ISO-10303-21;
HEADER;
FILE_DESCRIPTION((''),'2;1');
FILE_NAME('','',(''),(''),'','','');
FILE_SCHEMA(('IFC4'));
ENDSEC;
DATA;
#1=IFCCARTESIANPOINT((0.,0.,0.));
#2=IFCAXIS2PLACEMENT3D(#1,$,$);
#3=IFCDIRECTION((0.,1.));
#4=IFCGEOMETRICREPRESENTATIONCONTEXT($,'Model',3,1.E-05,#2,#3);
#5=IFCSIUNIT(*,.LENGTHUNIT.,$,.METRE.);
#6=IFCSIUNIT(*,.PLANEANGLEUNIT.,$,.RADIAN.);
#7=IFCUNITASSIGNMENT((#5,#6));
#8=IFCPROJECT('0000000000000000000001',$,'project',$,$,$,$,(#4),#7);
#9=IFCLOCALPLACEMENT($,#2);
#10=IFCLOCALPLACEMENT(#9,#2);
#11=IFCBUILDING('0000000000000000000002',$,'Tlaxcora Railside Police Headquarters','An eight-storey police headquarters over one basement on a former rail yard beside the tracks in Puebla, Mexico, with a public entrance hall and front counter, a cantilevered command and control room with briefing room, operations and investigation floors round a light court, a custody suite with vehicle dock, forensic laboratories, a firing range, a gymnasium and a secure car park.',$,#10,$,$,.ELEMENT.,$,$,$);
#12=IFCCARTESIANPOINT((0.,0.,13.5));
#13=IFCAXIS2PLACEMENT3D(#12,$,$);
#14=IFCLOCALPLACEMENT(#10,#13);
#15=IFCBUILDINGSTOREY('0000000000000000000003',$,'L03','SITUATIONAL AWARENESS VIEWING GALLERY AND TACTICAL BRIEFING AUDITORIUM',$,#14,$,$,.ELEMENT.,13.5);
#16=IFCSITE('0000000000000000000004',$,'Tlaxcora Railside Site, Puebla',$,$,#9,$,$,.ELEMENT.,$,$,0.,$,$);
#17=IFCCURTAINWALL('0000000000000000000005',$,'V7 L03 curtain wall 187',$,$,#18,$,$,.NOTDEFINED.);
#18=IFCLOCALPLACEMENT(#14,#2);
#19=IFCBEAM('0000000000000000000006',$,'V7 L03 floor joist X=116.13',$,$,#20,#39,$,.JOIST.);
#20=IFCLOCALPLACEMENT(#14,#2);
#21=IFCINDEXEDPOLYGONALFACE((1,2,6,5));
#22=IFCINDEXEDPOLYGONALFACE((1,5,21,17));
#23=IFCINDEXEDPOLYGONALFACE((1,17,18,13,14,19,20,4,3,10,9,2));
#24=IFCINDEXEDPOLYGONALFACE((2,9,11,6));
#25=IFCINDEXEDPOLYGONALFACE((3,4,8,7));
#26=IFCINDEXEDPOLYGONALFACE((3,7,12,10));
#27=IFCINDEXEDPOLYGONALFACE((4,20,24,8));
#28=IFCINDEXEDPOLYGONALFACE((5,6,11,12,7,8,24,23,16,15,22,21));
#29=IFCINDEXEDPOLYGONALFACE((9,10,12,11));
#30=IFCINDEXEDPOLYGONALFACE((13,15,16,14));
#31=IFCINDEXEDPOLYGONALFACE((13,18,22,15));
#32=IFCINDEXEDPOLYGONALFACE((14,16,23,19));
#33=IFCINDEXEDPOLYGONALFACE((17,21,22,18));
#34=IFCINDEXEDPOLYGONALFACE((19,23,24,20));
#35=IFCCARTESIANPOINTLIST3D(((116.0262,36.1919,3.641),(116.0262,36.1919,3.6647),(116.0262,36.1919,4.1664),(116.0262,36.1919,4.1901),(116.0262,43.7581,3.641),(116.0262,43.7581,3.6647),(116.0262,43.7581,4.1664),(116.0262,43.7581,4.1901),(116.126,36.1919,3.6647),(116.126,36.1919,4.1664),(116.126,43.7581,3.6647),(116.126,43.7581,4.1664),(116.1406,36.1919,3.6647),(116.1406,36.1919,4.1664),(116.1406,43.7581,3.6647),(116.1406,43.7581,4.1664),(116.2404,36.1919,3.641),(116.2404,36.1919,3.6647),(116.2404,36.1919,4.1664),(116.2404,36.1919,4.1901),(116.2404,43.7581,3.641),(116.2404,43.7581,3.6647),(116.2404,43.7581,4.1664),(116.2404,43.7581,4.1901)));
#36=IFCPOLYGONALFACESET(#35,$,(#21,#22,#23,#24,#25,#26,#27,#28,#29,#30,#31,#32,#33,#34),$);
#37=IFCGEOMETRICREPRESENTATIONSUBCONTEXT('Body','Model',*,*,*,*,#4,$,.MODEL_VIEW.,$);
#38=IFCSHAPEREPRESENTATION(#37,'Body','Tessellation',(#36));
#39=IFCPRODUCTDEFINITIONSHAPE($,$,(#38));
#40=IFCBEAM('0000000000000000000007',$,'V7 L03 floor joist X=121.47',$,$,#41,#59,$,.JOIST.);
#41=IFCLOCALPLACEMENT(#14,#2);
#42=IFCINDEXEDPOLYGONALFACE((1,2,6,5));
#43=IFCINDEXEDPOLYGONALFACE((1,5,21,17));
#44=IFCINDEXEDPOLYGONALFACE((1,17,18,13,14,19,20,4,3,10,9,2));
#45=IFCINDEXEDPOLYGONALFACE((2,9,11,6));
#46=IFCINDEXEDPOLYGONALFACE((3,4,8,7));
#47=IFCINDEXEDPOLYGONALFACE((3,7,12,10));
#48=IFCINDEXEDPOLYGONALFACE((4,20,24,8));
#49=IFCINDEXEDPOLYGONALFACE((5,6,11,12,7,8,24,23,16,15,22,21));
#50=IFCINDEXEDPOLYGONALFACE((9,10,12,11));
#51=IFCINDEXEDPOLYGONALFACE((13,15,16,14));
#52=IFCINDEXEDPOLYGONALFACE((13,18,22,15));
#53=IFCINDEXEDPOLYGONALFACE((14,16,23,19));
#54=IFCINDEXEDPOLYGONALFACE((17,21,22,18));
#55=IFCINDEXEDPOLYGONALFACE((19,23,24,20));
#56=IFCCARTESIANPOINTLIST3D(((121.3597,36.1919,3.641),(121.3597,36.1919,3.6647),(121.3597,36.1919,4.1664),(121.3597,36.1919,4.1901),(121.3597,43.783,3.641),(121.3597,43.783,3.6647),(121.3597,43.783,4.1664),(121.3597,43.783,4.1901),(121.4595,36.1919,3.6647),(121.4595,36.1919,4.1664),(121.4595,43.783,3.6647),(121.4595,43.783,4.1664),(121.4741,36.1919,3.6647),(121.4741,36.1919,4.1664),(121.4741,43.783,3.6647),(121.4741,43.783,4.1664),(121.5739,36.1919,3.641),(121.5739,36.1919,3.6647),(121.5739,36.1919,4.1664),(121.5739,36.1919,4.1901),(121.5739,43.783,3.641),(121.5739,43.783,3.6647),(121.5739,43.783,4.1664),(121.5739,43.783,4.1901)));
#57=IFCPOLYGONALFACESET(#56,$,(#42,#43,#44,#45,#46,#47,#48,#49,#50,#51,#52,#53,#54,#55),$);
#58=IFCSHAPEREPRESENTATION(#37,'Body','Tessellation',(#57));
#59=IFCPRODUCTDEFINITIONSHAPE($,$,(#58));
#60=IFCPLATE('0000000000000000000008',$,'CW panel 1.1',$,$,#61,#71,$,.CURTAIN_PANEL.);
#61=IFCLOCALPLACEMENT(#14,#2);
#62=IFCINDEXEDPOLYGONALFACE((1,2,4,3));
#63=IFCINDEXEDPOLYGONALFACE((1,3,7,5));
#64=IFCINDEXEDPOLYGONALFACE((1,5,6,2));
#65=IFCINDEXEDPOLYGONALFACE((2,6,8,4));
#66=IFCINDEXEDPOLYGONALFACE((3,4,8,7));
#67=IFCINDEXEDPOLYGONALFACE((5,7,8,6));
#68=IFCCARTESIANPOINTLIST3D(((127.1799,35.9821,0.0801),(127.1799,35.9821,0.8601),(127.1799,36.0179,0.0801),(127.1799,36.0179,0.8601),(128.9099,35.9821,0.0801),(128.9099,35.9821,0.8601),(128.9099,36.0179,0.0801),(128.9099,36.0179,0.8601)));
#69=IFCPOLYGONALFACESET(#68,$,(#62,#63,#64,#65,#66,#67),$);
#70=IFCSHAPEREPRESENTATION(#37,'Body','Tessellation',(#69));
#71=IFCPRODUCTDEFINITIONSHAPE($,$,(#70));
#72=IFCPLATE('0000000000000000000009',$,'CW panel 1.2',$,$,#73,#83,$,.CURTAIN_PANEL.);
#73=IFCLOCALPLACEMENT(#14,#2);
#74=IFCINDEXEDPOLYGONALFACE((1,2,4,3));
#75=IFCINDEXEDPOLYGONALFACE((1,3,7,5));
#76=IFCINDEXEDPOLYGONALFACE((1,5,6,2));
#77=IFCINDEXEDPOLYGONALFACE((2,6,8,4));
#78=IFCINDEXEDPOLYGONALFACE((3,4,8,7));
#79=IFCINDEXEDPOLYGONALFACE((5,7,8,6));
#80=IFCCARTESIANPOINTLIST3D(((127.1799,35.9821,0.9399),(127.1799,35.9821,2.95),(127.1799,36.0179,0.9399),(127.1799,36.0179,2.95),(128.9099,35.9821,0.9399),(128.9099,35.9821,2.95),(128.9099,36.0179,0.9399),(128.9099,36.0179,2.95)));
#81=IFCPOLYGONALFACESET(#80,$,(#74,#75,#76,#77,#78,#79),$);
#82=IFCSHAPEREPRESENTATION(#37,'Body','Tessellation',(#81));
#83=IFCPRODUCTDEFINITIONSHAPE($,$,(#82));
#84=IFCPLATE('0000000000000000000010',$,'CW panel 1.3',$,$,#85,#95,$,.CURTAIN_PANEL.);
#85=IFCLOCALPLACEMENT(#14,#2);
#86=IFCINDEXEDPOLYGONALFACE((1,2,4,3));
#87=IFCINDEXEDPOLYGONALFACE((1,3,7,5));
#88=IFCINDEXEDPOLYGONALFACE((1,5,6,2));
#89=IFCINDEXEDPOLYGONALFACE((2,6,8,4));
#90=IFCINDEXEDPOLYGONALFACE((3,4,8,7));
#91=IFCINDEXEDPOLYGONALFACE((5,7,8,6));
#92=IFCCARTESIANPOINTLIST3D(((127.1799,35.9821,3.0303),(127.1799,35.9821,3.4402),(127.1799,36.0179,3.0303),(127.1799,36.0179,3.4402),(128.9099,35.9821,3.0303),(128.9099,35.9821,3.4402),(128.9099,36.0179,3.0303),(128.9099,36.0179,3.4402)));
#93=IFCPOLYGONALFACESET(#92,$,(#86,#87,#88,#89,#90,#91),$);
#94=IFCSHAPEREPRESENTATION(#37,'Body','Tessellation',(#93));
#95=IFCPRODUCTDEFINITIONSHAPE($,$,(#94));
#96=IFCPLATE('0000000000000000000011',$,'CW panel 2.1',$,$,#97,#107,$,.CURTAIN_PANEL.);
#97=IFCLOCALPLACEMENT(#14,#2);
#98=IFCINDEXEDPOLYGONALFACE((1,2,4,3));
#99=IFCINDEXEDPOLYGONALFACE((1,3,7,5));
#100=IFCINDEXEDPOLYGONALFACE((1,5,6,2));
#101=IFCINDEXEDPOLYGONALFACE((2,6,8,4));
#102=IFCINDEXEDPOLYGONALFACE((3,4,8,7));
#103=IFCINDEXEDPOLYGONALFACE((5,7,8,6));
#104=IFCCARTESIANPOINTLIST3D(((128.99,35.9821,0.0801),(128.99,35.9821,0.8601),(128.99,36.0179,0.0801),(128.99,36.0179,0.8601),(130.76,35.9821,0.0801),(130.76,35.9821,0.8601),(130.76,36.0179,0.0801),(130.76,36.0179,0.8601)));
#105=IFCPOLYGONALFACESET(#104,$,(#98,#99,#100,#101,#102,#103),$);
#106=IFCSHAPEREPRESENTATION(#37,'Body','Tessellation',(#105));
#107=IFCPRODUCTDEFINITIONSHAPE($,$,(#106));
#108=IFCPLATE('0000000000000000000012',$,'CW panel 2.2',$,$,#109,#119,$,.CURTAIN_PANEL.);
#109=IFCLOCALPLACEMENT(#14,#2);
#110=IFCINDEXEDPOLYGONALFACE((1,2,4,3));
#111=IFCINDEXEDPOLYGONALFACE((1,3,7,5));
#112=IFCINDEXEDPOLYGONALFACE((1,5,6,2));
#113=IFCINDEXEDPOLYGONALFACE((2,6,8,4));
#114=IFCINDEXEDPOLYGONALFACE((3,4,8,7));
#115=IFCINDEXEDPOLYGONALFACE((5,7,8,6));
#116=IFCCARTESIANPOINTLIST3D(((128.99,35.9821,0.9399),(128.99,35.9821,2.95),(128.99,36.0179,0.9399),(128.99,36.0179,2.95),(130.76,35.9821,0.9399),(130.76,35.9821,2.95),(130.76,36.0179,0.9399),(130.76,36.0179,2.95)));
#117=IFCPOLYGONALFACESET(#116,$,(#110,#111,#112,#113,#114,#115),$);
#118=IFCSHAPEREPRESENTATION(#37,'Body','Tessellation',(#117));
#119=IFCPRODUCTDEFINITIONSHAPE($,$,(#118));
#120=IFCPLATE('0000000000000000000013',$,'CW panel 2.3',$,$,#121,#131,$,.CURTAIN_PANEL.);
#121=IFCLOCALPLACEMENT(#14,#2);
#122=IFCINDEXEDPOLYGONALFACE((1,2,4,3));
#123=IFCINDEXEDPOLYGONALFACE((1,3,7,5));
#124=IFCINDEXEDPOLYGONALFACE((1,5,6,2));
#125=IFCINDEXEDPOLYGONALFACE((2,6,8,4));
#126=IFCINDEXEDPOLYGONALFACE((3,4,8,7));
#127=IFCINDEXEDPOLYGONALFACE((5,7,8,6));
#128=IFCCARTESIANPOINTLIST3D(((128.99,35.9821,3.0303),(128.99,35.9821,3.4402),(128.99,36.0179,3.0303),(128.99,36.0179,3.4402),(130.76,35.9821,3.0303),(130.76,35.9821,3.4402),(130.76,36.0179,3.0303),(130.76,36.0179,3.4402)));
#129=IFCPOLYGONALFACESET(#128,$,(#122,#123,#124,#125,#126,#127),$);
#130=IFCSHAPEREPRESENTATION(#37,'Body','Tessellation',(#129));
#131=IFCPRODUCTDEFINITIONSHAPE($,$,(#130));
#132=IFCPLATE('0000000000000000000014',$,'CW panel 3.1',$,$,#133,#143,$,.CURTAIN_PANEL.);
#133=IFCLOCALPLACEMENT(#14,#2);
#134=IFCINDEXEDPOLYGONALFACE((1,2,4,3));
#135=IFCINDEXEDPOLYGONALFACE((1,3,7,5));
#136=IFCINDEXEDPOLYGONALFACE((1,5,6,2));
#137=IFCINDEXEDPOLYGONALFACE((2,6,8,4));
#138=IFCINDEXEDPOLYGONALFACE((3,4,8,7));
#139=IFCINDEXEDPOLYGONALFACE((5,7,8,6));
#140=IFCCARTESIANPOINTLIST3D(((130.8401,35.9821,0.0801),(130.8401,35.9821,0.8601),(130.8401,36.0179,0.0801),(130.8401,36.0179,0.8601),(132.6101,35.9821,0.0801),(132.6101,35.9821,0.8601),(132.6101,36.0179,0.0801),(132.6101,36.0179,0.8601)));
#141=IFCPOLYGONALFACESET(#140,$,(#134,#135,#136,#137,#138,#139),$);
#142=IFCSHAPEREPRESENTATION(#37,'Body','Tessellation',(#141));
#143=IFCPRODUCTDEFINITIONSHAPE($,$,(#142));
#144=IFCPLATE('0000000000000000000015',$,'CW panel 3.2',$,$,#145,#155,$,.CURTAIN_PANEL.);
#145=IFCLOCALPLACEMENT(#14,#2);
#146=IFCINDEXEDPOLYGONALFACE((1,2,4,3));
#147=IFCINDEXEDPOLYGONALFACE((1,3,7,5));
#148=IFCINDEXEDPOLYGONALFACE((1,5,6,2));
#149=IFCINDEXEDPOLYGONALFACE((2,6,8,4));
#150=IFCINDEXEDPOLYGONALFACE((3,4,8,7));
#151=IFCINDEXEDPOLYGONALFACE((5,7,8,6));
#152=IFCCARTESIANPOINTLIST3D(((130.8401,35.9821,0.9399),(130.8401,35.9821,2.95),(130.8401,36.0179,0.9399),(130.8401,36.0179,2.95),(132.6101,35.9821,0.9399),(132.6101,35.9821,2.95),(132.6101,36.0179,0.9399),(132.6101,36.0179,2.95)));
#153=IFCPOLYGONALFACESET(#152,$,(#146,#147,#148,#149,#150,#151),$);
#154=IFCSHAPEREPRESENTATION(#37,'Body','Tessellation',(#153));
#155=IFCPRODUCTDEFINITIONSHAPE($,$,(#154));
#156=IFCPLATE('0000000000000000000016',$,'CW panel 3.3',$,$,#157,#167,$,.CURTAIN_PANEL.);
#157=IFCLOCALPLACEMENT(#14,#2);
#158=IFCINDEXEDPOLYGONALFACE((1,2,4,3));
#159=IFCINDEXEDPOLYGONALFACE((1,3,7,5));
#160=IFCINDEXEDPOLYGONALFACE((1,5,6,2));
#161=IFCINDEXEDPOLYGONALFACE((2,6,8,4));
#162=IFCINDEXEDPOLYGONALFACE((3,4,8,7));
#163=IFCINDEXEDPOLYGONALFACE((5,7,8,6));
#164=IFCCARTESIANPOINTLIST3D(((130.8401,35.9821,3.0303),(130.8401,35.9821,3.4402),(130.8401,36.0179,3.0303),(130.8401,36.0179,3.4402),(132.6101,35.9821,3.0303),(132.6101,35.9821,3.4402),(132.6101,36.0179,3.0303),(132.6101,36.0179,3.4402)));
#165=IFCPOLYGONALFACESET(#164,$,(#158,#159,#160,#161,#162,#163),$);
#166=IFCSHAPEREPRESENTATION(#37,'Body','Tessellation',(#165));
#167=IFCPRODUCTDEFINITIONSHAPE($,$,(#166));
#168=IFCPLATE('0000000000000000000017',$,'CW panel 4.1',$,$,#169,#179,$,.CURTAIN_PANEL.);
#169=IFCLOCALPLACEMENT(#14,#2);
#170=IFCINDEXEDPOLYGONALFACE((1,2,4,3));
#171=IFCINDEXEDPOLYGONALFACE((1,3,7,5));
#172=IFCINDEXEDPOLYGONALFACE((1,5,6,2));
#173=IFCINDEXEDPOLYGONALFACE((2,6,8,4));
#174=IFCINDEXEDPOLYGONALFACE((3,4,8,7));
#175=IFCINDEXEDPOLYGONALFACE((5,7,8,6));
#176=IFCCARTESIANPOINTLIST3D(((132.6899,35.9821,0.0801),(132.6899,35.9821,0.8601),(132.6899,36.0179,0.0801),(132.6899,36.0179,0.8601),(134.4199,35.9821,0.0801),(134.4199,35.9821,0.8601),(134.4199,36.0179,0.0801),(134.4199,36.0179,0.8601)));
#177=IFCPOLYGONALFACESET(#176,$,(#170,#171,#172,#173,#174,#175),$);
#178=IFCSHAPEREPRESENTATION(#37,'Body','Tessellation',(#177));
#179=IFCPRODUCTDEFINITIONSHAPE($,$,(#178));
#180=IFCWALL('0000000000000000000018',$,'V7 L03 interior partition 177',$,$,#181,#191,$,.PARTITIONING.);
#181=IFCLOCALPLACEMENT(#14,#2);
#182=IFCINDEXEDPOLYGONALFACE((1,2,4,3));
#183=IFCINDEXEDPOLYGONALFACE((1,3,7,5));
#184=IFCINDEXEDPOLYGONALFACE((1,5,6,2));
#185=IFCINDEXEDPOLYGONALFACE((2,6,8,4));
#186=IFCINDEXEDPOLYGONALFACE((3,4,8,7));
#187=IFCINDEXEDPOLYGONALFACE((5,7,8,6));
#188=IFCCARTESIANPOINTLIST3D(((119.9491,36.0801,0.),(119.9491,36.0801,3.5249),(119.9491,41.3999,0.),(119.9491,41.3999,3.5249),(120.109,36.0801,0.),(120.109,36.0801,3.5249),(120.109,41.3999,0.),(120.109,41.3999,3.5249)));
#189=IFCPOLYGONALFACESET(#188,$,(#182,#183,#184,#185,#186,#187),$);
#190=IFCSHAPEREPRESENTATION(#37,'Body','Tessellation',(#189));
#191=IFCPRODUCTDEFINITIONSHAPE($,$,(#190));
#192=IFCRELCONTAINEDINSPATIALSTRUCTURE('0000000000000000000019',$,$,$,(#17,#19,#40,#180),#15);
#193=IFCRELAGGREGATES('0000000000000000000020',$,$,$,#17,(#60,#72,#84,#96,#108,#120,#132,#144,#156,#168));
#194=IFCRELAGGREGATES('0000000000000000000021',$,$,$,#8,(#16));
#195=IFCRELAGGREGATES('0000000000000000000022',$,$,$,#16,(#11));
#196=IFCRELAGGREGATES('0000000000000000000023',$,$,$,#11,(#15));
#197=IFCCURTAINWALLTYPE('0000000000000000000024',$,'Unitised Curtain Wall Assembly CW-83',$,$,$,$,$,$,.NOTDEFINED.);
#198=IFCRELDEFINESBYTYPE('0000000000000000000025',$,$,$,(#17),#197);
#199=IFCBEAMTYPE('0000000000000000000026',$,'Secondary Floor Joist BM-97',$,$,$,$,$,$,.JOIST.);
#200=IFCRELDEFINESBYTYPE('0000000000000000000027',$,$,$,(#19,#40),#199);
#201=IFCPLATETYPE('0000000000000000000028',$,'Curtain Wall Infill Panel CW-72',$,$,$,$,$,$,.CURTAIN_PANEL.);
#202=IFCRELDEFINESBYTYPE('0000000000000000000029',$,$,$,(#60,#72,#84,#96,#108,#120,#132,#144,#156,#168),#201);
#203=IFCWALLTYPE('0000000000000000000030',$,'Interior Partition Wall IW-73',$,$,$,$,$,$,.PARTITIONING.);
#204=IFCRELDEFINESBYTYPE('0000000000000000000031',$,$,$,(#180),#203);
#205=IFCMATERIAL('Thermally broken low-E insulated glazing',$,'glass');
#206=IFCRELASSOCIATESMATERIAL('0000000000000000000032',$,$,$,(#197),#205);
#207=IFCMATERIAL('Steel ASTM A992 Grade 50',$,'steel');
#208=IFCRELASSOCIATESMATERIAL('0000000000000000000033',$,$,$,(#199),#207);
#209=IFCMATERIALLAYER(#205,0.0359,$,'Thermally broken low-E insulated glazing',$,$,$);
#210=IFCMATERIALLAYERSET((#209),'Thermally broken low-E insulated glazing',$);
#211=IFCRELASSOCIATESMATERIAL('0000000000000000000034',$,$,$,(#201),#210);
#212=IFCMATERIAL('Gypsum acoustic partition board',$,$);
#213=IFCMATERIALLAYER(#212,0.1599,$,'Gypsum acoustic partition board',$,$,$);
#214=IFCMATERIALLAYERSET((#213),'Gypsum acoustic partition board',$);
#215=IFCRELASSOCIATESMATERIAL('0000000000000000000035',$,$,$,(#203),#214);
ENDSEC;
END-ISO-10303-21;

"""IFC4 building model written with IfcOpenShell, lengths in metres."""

from ifc_helpers import new_model, si_unit, direction, frame, frame_2d, origin, origin_2d, place, context, subcontext, project, spatial, rectangle, i_section, extrude, material, layer, layer_set, material_profile, profile_set, type_object, element, aggregate, save


model = new_model("IFC4")

# Units and contexts
model_context = context("Model", 3, precision=1e-05, world=origin(), true_north=direction((0.0, 1.0)))
body_context = subcontext(model_context, "Body", "Model", "MODEL_VIEW")
ifc_project = project(units=[si_unit("LENGTHUNIT", "METRE"), si_unit("PLANEANGLEUNIT", "RADIAN")], contexts=[model_context])

# Site, building, storey
site_placement = place(None, origin())
site = spatial("IfcSite", under=ifc_project, at=site_placement, Name="Tlaxcora Railside Site, Puebla", CompositionType="ELEMENT", RefElevation=0.0)
building_placement = place(site_placement, origin())
building = spatial("IfcBuilding", under=site, at=building_placement, Name="Tlaxcora Railside Police Headquarters", Description="An eight-storey police headquarters over one basement on a former rail yard beside the tracks in Puebla, Mexico, with a public entrance hall and front counter, a cantilevered command and control room with briefing room, operations and investigation floors round a light court, a custody suite with vehicle dock, forensic laboratories, a firing range, a gymnasium and a secure car park.", CompositionType="ELEMENT")
storey_placement = place(building_placement, frame((0.0, 0.0, 13.5)))
storey = spatial("IfcBuildingStorey", under=building, at=storey_placement, Name="L03", Description="SITUATIONAL AWARENESS VIEWING GALLERY AND TACTICAL BRIEFING AUDITORIUM", CompositionType="ELEMENT", Elevation=13.5)

# Curtain wall
ifc_material_1 = material(Name="Thermally broken low-E insulated glazing", Category="glass")
curtain_wall_type = type_object("IfcCurtainWallType", Name="Unitised Curtain Wall Assembly CW-83", PredefinedType="NOTDEFINED", material=ifc_material_1)
curtain_wall_placement = place(storey_placement, origin())
curtain_wall = element("IfcCurtainWall", 1, at=curtain_wall_placement, inside=storey, type_object=curtain_wall_type, Name="V7 L03 curtain wall 187", PredefinedType="NOTDEFINED")

# Beams
ifc_material_2 = material(Name="Steel ASTM A992 Grade 50", Category="steel")
ifc_material_profile_1 = material_profile(ifc_material_2, i_section(OverallWidth=0.2141, OverallDepth=0.5491, WebThickness=0.0146, FlangeThickness=0.0237, at=origin_2d()), Name="W21X93")
ifc_profile_set_1 = profile_set([ifc_material_profile_1], Name="Steel ASTM A992 Grade 50")
beam_type_1 = type_object("IfcBeamType", Name="Secondary Floor Joist BM-97", PredefinedType="JOIST", material=ifc_profile_set_1)
beam_1_placement = place(storey_placement, frame((116.1333, 36.1919, 3.9155), z_axis=(0.0, 1.0, 0.0), x_axis=(-1.0, 0.0, 0.0)))
element("IfcBeam", 2, at=beam_1_placement, inside=storey, type_object=beam_type_1, Name="V7 L03 floor joist X=116.13", PredefinedType="JOIST", context=body_context, shape_type="SweptSolid", body=[
    extrude(i_section(OverallWidth=0.2141, OverallDepth=0.5491, WebThickness=0.0146, FlangeThickness=0.0237, at=origin_2d()), origin(), (0.0, 0.0, 1.0), 7.5662),
])
beam_2_placement = place(storey_placement, frame((121.4668, 36.1919, 3.9155), z_axis=(0.0, 1.0, 0.0), x_axis=(-1.0, 0.0, 0.0)))
element("IfcBeam", 3, at=beam_2_placement, inside=storey, type_object=beam_type_1, Name="V7 L03 floor joist X=121.47", PredefinedType="JOIST", context=body_context, shape_type="SweptSolid", body=[
    extrude(i_section(OverallWidth=0.2141, OverallDepth=0.5491, WebThickness=0.0146, FlangeThickness=0.0237, at=origin_2d()), origin(), (0.0, 0.0, 1.0), 7.5911),
])

# Plates
ifc_layer_1 = layer(ifc_material_1, 0.0359, Name="Thermally broken low-E insulated glazing")
ifc_layer_set_1 = layer_set([ifc_layer_1], Name="Thermally broken low-E insulated glazing")
plate_type = type_object("IfcPlateType", Name="Curtain Wall Infill Panel CW-72", PredefinedType="CURTAIN_PANEL", material=ifc_layer_set_1)
plate_1_placement = place(storey_placement, frame((128.0449, 36.0, 0.0801), z_axis=(0.0, 0.0, 1.0), x_axis=(1.0, 0.0, 0.0)))
plate_1 = element("IfcPlate", 4, at=plate_1_placement, type_object=plate_type, Name="CW panel 1.1", PredefinedType="CURTAIN_PANEL", context=body_context, shape_type="SweptSolid", body=[
    extrude(rectangle(XDim=1.73, YDim=0.0359, at=origin_2d()), origin(), (0.0, 0.0, 1.0), 0.78),
])
plate_2_placement = place(storey_placement, frame((128.0449, 36.0, 0.9399), z_axis=(0.0, 0.0, 1.0), x_axis=(1.0, 0.0, 0.0)))
plate_2 = element("IfcPlate", 5, at=plate_2_placement, type_object=plate_type, Name="CW panel 1.2", PredefinedType="CURTAIN_PANEL", context=body_context, shape_type="SweptSolid", body=[
    extrude(rectangle(XDim=1.73, YDim=0.0359, at=origin_2d()), origin(), (0.0, 0.0, 1.0), 2.01),
])
plate_3_placement = place(storey_placement, frame((128.0449, 36.0, 3.0303), z_axis=(0.0, 0.0, 1.0), x_axis=(1.0, 0.0, 0.0)))
plate_3 = element("IfcPlate", 6, at=plate_3_placement, type_object=plate_type, Name="CW panel 1.3", PredefinedType="CURTAIN_PANEL", context=body_context, shape_type="SweptSolid", body=[
    extrude(rectangle(XDim=1.73, YDim=0.0359, at=origin_2d()), origin(), (0.0, 0.0, 1.0), 0.4099),
])
plate_4_placement = place(storey_placement, frame((129.875, 36.0, 0.0801), z_axis=(0.0, 0.0, 1.0), x_axis=(1.0, 0.0, 0.0)))
plate_4 = element("IfcPlate", 7, at=plate_4_placement, type_object=plate_type, Name="CW panel 2.1", PredefinedType="CURTAIN_PANEL", context=body_context, shape_type="SweptSolid", body=[
    extrude(rectangle(XDim=1.77, YDim=0.0359, at=origin_2d()), origin(), (0.0, 0.0, 1.0), 0.78),
])
plate_5_placement = place(storey_placement, frame((129.875, 36.0, 0.9399), z_axis=(0.0, 0.0, 1.0), x_axis=(1.0, 0.0, 0.0)))
plate_5 = element("IfcPlate", 8, at=plate_5_placement, type_object=plate_type, Name="CW panel 2.2", PredefinedType="CURTAIN_PANEL", context=body_context, shape_type="SweptSolid", body=[
    extrude(rectangle(XDim=1.77, YDim=0.0359, at=origin_2d()), origin(), (0.0, 0.0, 1.0), 2.01),
])
plate_6_placement = place(storey_placement, frame((129.875, 36.0, 3.0303), z_axis=(0.0, 0.0, 1.0), x_axis=(1.0, 0.0, 0.0)))
plate_6 = element("IfcPlate", 9, at=plate_6_placement, type_object=plate_type, Name="CW panel 2.3", PredefinedType="CURTAIN_PANEL", context=body_context, shape_type="SweptSolid", body=[
    extrude(rectangle(XDim=1.77, YDim=0.0359, at=origin_2d()), origin(), (0.0, 0.0, 1.0), 0.4099),
])
plate_7_placement = place(storey_placement, frame((131.7251, 36.0, 0.0801), z_axis=(0.0, 0.0, 1.0), x_axis=(1.0, 0.0, 0.0)))
plate_7 = element("IfcPlate", 10, at=plate_7_placement, type_object=plate_type, Name="CW panel 3.1", PredefinedType="CURTAIN_PANEL", context=body_context, shape_type="SweptSolid", body=[
    extrude(rectangle(XDim=1.77, YDim=0.0359, at=origin_2d()), origin(), (0.0, 0.0, 1.0), 0.78),
])
plate_8_placement = place(storey_placement, frame((131.7251, 36.0, 0.9399), z_axis=(0.0, 0.0, 1.0), x_axis=(1.0, 0.0, 0.0)))
plate_8 = element("IfcPlate", 11, at=plate_8_placement, type_object=plate_type, Name="CW panel 3.2", PredefinedType="CURTAIN_PANEL", context=body_context, shape_type="SweptSolid", body=[
    extrude(rectangle(XDim=1.77, YDim=0.0359, at=origin_2d()), origin(), (0.0, 0.0, 1.0), 2.01),
])
plate_9_placement = place(storey_placement, frame((131.7251, 36.0, 3.0303), z_axis=(0.0, 0.0, 1.0), x_axis=(1.0, 0.0, 0.0)))
plate_9 = element("IfcPlate", 12, at=plate_9_placement, type_object=plate_type, Name="CW panel 3.3", PredefinedType="CURTAIN_PANEL", context=body_context, shape_type="SweptSolid", body=[
    extrude(rectangle(XDim=1.77, YDim=0.0359, at=origin_2d()), origin(), (0.0, 0.0, 1.0), 0.4099),
])
plate_10_placement = place(storey_placement, frame((133.5549, 36.0, 0.0801), z_axis=(0.0, 0.0, 1.0), x_axis=(1.0, 0.0, 0.0)))
plate_10 = element("IfcPlate", 13, at=plate_10_placement, type_object=plate_type, Name="CW panel 4.1", PredefinedType="CURTAIN_PANEL", context=body_context, shape_type="SweptSolid", body=[
    extrude(rectangle(XDim=1.73, YDim=0.0359, at=origin_2d()), origin(), (0.0, 0.0, 1.0), 0.78),
])
aggregate(curtain_wall, [plate_1, plate_2, plate_3, plate_4, plate_5, plate_6, plate_7, plate_8, plate_9, plate_10])

# Wall
ifc_material_3 = material(Name="Gypsum acoustic partition board")
ifc_layer_2 = layer(ifc_material_3, 0.1599, Name="Gypsum acoustic partition board")
ifc_layer_set_2 = layer_set([ifc_layer_2], Name="Gypsum acoustic partition board")
wall_type = type_object("IfcWallType", Name="Interior Partition Wall IW-73", PredefinedType="PARTITIONING", material=ifc_layer_set_2)
wall_placement = place(storey_placement, frame((120.0291, 36.0801, 0.0), z_axis=(0.0, 0.0, 1.0), x_axis=(0.0, 1.0, 0.0)))
element("IfcWall", 14, at=wall_placement, inside=storey, type_object=wall_type, Name="V7 L03 interior partition 177", PredefinedType="PARTITIONING", context=body_context, shape_type="SweptSolid", body=[
    extrude(rectangle(XDim=5.3198, YDim=0.1599, at=frame_2d((2.6599, 0.0))), origin(), (0.0, 0.0, 1.0), 3.5249),
])

save(model, "model.ifc")
